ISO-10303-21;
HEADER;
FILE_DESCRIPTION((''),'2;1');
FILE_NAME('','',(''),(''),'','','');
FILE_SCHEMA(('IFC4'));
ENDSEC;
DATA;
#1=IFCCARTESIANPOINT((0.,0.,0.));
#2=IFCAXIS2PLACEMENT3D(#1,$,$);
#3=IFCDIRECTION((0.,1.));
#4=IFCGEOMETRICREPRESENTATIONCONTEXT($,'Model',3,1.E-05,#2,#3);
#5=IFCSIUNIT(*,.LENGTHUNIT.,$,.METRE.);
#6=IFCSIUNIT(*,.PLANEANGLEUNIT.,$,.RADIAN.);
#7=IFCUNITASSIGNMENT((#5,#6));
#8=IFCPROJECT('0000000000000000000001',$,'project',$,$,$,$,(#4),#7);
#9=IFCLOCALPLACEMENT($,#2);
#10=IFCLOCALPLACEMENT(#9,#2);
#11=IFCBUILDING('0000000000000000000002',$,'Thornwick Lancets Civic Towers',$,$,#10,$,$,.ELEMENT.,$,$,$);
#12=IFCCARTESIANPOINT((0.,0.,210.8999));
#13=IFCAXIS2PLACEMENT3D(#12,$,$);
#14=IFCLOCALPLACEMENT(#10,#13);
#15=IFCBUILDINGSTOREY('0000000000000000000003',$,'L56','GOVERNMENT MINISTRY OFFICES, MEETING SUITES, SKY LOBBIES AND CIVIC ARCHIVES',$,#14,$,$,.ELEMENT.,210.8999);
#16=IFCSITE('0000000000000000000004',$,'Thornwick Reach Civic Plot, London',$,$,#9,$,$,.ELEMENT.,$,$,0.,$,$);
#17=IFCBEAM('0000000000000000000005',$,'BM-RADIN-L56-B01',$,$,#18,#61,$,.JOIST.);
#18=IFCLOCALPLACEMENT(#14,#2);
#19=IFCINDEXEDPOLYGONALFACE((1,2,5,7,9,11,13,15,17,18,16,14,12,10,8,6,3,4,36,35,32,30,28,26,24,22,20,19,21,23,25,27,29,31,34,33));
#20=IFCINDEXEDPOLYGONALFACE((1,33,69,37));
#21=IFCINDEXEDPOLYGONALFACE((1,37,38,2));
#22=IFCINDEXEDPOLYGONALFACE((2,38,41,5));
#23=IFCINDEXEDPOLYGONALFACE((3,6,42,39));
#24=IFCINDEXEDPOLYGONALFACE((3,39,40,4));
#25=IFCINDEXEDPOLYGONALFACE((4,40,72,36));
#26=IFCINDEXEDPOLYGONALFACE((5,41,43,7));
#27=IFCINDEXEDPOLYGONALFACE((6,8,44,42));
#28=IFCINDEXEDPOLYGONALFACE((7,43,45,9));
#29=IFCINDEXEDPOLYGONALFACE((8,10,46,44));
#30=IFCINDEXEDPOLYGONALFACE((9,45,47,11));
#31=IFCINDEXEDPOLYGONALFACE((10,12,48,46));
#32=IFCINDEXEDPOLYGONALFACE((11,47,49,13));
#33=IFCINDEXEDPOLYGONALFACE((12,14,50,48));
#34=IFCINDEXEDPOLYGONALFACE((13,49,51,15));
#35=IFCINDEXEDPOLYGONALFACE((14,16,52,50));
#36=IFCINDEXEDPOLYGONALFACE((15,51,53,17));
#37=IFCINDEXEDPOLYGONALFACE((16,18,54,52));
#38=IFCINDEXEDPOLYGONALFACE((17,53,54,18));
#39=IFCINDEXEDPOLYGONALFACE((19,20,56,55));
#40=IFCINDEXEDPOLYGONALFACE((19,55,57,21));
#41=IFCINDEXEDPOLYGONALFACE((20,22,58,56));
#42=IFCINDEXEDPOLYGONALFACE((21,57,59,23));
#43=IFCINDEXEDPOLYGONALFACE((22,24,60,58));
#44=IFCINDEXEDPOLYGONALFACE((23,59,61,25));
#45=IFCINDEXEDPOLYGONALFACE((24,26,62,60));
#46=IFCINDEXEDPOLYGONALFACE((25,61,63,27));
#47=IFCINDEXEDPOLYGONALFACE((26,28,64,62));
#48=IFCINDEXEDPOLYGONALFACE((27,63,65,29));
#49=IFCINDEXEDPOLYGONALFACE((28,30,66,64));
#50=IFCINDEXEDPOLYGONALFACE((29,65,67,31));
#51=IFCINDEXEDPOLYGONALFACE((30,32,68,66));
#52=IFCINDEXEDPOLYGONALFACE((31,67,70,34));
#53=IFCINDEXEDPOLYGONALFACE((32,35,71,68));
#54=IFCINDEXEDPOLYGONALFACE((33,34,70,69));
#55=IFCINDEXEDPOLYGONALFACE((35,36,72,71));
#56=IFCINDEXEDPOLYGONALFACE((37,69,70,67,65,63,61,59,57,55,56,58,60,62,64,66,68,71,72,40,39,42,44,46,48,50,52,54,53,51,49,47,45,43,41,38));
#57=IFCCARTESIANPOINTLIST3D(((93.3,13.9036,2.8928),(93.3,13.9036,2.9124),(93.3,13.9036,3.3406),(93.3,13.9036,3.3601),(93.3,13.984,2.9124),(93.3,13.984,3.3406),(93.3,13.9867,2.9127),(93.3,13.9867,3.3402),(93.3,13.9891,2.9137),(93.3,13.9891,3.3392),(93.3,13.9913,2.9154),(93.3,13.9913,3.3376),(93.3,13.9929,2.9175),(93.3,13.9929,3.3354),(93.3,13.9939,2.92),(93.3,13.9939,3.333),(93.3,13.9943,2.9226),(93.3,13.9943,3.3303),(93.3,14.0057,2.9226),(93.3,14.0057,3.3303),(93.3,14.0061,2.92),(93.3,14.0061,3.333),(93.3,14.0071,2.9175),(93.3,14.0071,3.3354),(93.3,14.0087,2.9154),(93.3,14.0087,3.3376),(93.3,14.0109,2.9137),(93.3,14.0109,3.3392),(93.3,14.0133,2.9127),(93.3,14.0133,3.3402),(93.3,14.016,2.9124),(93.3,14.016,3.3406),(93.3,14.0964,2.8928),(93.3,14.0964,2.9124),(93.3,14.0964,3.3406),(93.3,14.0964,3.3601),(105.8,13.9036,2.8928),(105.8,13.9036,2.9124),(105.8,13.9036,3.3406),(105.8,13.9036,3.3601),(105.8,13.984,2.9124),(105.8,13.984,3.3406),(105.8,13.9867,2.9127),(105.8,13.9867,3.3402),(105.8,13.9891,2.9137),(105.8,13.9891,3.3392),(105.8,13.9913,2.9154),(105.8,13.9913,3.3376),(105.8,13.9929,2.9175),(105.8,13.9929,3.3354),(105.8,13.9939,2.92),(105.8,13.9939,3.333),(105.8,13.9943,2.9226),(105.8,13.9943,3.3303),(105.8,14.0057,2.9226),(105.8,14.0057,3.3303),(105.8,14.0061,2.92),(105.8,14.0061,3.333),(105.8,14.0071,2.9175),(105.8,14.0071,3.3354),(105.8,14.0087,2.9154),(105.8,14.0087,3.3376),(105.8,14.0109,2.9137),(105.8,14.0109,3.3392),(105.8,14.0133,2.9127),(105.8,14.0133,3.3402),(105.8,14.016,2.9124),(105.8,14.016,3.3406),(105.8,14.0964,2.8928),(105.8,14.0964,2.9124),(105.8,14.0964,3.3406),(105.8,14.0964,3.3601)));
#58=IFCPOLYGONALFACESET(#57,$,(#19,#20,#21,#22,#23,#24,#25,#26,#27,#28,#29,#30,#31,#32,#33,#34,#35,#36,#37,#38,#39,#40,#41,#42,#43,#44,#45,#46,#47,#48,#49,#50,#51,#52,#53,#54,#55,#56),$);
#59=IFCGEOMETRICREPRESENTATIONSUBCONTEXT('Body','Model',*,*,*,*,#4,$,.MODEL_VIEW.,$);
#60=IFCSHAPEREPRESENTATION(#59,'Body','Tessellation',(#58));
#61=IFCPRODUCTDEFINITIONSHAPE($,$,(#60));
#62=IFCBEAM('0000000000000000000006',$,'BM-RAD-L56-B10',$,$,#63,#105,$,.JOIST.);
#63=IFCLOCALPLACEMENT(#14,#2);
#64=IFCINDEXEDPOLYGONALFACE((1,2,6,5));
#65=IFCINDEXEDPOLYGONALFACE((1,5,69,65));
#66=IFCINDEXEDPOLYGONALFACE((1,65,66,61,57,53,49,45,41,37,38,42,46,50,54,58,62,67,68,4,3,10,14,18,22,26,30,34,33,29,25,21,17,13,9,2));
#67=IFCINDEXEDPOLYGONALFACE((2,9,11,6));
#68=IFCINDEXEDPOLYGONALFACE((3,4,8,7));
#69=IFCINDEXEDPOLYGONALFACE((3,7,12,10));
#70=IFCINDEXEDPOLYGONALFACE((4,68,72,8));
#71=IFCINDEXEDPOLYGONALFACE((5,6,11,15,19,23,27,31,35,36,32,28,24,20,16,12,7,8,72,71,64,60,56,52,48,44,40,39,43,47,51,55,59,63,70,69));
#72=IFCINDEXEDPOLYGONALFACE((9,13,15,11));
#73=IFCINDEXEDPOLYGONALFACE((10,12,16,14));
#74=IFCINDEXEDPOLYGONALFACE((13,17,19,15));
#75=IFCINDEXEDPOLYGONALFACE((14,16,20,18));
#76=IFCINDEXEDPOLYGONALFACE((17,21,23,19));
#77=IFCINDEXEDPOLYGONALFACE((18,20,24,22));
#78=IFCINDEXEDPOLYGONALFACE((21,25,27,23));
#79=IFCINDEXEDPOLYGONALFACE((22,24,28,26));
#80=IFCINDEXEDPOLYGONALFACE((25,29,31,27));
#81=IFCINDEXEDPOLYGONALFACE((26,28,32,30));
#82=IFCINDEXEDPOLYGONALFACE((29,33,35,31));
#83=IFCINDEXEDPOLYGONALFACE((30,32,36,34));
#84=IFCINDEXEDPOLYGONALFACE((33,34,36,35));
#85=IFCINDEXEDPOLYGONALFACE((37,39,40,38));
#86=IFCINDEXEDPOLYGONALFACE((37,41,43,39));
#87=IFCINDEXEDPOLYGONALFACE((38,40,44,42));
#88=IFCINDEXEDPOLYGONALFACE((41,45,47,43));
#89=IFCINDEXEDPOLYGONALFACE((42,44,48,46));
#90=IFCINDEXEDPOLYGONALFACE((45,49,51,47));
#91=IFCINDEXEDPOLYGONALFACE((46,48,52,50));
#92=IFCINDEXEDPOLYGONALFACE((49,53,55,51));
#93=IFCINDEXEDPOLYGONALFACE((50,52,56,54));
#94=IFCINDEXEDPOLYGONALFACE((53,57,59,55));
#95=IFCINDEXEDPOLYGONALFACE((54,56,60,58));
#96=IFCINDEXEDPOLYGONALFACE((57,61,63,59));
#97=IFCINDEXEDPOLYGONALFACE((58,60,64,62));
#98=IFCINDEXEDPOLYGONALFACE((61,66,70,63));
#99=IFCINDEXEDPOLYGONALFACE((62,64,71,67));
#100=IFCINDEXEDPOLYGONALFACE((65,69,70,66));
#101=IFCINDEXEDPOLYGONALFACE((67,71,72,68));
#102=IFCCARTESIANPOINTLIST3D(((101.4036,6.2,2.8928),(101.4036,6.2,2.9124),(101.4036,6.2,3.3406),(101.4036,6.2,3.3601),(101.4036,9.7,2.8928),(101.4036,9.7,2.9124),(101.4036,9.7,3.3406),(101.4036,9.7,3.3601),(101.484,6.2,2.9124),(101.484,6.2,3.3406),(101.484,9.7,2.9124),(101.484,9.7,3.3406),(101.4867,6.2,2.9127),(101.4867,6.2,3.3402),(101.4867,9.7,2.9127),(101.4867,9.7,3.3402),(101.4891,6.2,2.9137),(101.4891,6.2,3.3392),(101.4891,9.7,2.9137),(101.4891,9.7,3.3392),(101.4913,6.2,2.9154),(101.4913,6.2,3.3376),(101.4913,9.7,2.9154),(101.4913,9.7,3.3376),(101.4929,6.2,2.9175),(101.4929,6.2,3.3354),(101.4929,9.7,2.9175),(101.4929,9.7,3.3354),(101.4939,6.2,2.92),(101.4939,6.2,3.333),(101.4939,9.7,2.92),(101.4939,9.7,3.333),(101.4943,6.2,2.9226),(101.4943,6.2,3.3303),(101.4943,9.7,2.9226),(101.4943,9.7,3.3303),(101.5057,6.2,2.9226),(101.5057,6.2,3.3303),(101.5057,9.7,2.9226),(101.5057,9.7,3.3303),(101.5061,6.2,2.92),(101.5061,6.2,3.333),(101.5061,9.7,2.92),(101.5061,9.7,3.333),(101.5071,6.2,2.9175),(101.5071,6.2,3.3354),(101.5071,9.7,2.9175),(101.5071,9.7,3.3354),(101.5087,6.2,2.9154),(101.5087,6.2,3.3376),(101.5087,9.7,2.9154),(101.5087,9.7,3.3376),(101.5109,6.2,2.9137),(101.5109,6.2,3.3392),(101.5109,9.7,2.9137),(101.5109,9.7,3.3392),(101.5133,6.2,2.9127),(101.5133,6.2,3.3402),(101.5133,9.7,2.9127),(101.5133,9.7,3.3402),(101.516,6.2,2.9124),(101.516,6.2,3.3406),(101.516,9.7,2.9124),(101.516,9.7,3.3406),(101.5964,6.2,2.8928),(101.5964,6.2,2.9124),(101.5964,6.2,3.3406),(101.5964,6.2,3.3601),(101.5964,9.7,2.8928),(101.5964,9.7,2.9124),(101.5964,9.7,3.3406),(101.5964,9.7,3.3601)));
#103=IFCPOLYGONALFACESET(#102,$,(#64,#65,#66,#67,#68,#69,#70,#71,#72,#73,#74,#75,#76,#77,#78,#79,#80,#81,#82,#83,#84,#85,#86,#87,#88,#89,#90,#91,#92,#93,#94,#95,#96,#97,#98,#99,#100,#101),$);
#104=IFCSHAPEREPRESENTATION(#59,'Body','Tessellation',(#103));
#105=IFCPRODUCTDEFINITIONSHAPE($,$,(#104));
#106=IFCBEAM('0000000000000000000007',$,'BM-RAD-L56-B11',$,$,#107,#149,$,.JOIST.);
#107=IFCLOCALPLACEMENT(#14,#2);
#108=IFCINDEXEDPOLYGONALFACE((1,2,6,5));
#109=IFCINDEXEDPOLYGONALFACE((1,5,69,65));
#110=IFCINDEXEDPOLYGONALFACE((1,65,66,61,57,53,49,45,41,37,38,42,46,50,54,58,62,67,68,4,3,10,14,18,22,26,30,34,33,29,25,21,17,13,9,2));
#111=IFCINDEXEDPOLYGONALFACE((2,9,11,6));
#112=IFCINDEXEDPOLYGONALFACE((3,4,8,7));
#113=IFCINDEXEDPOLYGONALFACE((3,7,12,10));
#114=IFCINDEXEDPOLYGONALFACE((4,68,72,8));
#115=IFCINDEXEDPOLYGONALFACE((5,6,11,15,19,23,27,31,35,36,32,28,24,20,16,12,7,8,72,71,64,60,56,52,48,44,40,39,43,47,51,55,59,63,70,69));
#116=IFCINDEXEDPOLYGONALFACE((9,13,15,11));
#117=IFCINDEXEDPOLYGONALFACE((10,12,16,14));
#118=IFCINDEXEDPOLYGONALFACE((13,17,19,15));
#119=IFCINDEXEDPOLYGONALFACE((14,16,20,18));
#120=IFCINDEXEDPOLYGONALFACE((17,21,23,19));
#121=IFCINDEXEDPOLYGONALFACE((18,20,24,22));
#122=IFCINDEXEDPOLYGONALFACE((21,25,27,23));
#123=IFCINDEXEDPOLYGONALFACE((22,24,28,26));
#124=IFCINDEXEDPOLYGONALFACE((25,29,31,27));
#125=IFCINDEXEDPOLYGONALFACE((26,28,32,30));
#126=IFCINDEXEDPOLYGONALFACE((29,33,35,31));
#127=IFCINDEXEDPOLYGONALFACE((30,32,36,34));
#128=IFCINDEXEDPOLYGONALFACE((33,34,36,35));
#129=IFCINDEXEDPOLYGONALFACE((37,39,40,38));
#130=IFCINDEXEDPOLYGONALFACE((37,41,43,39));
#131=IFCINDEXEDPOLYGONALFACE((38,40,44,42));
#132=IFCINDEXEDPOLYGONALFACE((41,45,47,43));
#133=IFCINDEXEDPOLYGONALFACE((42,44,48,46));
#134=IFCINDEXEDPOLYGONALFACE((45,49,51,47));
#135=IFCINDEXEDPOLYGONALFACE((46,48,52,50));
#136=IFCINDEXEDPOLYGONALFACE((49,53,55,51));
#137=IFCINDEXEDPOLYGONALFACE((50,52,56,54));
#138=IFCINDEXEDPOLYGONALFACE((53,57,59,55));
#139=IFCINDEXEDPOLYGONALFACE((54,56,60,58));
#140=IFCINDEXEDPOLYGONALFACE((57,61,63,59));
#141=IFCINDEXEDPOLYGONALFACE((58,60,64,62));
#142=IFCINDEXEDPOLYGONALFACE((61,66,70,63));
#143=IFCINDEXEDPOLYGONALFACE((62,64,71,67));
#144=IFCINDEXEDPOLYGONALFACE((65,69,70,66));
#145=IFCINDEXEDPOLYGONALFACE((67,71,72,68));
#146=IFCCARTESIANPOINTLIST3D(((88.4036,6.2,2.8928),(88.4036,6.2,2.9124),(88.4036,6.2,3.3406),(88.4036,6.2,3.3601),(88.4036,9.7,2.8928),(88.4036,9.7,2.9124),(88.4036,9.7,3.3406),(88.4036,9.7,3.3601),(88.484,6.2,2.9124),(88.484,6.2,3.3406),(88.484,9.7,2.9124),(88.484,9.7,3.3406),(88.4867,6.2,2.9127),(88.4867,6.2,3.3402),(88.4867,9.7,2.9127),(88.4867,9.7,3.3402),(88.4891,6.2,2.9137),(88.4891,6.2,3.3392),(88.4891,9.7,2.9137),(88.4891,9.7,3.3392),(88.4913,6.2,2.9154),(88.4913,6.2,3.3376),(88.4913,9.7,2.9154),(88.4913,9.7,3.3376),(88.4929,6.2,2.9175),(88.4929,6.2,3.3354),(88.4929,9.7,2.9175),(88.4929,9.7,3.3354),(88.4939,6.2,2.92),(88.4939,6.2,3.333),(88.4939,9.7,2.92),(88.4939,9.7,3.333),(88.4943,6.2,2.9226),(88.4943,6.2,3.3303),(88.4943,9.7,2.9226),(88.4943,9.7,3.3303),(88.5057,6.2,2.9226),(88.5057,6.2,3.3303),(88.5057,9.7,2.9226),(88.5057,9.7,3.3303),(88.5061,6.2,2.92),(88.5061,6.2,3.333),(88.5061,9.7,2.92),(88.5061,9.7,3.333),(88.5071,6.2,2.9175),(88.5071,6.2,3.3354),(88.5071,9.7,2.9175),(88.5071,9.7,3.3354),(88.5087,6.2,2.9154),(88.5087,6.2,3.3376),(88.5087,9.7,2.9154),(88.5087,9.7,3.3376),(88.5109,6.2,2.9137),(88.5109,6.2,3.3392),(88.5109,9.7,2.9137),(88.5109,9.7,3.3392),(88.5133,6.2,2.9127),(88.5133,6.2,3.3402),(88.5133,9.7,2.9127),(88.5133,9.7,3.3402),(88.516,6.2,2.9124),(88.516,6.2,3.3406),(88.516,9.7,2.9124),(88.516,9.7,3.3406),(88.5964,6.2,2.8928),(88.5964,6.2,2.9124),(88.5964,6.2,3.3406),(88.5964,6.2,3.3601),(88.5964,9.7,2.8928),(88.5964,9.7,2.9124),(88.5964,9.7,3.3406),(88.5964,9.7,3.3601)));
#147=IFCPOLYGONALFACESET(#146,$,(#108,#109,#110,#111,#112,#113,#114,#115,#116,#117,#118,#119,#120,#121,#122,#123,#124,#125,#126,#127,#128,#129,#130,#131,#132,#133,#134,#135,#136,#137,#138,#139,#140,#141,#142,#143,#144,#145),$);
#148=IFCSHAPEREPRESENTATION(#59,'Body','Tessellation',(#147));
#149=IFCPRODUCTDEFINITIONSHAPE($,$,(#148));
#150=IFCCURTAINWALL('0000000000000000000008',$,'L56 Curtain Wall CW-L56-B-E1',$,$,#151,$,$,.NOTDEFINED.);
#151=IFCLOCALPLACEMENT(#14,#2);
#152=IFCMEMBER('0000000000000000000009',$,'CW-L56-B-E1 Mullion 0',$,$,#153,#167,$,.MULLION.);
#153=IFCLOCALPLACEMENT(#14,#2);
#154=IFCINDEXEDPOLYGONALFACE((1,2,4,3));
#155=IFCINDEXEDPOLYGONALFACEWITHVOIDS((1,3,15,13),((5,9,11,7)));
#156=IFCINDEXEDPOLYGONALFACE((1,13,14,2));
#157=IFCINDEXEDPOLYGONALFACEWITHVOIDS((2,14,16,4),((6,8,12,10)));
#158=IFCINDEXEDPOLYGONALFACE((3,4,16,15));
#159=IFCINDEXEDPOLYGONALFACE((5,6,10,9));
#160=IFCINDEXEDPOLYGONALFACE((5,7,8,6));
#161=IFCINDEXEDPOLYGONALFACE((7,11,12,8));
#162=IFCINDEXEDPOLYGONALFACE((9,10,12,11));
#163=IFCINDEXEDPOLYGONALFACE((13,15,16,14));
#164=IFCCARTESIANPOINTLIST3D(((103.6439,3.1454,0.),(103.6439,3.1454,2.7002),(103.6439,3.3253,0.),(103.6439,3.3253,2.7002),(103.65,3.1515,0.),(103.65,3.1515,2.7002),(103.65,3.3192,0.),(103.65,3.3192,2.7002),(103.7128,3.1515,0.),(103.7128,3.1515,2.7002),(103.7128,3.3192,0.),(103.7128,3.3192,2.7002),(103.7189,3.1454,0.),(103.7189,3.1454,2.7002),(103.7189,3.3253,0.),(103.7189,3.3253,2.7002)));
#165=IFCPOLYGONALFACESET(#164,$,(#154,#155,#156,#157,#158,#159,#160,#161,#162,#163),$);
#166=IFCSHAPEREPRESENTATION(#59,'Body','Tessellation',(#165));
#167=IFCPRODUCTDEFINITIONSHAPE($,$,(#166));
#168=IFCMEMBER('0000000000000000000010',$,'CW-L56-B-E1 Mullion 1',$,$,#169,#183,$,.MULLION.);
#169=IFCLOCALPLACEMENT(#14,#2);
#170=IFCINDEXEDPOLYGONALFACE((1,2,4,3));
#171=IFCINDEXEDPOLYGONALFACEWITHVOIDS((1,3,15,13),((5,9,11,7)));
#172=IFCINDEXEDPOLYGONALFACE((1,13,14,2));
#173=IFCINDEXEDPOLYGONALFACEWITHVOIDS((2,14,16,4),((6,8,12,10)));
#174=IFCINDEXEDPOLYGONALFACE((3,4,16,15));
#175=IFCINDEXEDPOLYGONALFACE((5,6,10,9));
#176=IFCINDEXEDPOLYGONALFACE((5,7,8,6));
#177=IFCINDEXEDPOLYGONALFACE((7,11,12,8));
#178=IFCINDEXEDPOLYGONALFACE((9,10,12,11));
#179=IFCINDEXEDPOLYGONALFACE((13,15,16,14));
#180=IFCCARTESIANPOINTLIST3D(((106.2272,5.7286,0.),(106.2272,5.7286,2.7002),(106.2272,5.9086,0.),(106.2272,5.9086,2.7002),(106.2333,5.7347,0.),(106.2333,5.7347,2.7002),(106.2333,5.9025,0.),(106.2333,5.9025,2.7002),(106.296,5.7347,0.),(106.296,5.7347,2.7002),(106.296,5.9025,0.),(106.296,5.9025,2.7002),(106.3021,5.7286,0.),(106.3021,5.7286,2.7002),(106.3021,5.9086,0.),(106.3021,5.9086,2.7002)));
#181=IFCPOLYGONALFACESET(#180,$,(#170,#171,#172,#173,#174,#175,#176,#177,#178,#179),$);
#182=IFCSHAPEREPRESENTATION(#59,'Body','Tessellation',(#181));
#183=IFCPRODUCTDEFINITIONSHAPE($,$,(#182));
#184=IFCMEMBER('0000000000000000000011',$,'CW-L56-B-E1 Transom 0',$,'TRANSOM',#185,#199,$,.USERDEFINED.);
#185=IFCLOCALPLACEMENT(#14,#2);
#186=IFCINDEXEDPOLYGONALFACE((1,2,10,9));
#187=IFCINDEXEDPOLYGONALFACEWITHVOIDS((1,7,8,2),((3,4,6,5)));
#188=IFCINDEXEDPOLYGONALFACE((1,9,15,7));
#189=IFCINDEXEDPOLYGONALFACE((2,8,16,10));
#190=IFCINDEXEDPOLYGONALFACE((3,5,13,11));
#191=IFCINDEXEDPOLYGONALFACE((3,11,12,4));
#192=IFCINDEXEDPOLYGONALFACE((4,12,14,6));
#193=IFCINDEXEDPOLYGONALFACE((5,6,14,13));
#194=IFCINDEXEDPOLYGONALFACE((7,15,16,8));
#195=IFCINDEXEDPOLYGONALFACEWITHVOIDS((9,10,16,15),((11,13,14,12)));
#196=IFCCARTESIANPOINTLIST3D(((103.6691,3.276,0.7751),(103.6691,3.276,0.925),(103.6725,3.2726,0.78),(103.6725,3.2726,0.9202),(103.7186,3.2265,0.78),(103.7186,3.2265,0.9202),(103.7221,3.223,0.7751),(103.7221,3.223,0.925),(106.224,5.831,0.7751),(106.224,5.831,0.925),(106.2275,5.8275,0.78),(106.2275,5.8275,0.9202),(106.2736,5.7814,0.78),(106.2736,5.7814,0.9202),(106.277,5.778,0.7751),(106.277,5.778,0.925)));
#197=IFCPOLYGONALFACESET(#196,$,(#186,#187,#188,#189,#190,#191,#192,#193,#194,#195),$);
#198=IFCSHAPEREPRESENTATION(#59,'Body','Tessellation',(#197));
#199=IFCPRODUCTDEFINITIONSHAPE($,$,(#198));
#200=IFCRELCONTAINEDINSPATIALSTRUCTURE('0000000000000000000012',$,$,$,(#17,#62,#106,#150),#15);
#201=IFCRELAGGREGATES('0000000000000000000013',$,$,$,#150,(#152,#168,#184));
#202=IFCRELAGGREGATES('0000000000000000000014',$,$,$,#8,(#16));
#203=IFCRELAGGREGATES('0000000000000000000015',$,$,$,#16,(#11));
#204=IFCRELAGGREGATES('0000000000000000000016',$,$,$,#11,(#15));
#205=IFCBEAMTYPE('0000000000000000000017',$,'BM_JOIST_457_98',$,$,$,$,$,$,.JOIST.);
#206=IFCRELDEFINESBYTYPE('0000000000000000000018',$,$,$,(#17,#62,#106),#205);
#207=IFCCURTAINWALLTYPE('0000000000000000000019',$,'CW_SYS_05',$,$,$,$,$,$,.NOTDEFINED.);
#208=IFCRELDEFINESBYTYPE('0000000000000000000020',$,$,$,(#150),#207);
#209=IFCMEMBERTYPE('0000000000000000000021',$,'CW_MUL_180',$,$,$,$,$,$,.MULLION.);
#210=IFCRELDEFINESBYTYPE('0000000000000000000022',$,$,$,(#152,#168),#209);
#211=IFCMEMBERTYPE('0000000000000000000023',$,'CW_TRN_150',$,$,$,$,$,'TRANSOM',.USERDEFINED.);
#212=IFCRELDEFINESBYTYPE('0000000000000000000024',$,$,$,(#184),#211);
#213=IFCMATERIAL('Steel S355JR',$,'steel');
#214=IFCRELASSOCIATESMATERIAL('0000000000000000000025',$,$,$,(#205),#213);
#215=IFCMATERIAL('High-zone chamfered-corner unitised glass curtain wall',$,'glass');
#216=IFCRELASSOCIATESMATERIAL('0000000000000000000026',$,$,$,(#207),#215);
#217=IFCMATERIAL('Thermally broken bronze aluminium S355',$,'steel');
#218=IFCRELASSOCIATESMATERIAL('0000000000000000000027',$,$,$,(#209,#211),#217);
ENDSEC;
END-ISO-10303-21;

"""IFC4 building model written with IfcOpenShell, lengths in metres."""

from ifc_helpers import new_model, si_unit, direction, frame, origin, origin_2d, place, context, subcontext, project, spatial, hollow_rectangle, i_section, extrude, material, material_profile, profile_set, type_object, element, aggregate, save


model = new_model("IFC4")

# Units and contexts
model_context = context("Model", 3, precision=1e-05, world=origin(), true_north=direction((0.0, 1.0)))
body_context = subcontext(model_context, "Body", "Model", "MODEL_VIEW")
ifc_project = project(units=[si_unit("LENGTHUNIT", "METRE"), si_unit("PLANEANGLEUNIT", "RADIAN")], contexts=[model_context])

# Site, building, storey
site_placement = place(None, origin())
site = spatial("IfcSite", under=ifc_project, at=site_placement, Name="Thornwick Reach Civic Plot, London", CompositionType="ELEMENT", RefElevation=0.0)
building_placement = place(site_placement, origin())
building = spatial("IfcBuilding", under=site, at=building_placement, Name="Thornwick Lancets Civic Towers", CompositionType="ELEMENT")
storey_placement = place(building_placement, frame((0.0, 0.0, 210.8999)))
storey = spatial("IfcBuildingStorey", under=building, at=storey_placement, Name="L56", Description="GOVERNMENT MINISTRY OFFICES, MEETING SUITES, SKY LOBBIES AND CIVIC ARCHIVES", CompositionType="ELEMENT", Elevation=210.8999)

# Shared definitions
ifc_material_1 = material(Name="Steel S355JR", Category="steel")

# Beams
ifc_material_profile_1 = material_profile(ifc_material_1, i_section(OverallWidth=0.1929, OverallDepth=0.4673, WebThickness=0.0115, FlangeThickness=0.0195, FilletRadius=0.0103, at=origin_2d()), Name="UKB 457x191x98")
ifc_profile_set_1 = profile_set([ifc_material_profile_1], Name="Steel S355JR")
beam_type_1 = type_object("IfcBeamType", Name="BM_JOIST_457_98", PredefinedType="JOIST", material=ifc_profile_set_1)
beam_1_placement = place(storey_placement, frame((93.3, 14.0, 3.1265), z_axis=(1.0, 0.0, 0.0), x_axis=(0.0, 1.0, 0.0)))
element("IfcBeam", 1, at=beam_1_placement, inside=storey, type_object=beam_type_1, Name="BM-RADIN-L56-B01", PredefinedType="JOIST", context=body_context, shape_type="SweptSolid", body=[
    extrude(i_section(OverallWidth=0.1929, OverallDepth=0.4673, WebThickness=0.0115, FlangeThickness=0.0195, FilletRadius=0.0103, at=origin_2d()), origin(), (0.0, 0.0, 1.0), 12.5),
])
for number, where, z_axis, x_axis, name in (
    (2, (101.5, 9.7, 3.1265), (0.0, -1.0, 0.0), (1.0, 0.0, 0.0), "BM-RAD-L56-B10"),
    (3, (88.5, 9.7, 3.1265), (0.0, -1.0, 0.0), (1.0, 0.0, 0.0), "BM-RAD-L56-B11"),
):
    element("IfcBeam", number, at=place(storey_placement, frame(where, z_axis=z_axis, x_axis=x_axis)), inside=storey, type_object=beam_type_1, Name=name, PredefinedType="JOIST", context=body_context, shape_type="SweptSolid", body=[
        extrude(i_section(OverallWidth=0.1929, OverallDepth=0.4673, WebThickness=0.0115, FlangeThickness=0.0195, FilletRadius=0.0103, at=origin_2d()), origin(), (0.0, 0.0, 1.0), 3.5),
    ])

# Curtain wall, members
ifc_material_2 = material(Name="High-zone chamfered-corner unitised glass curtain wall", Category="glass")
curtain_wall_type = type_object("IfcCurtainWallType", Name="CW_SYS_05", PredefinedType="NOTDEFINED", material=ifc_material_2)
curtain_wall_placement = place(storey_placement, origin())
curtain_wall = element("IfcCurtainWall", 4, at=curtain_wall_placement, inside=storey, type_object=curtain_wall_type, Name="L56 Curtain Wall CW-L56-B-E1", PredefinedType="NOTDEFINED")
ifc_material_3 = material(Name="Thermally broken bronze aluminium S355", Category="steel")
ifc_material_profile_2 = material_profile(ifc_material_3, hollow_rectangle(XDim=0.075, YDim=0.1799, WallThickness=0.0061, at=origin_2d()), Name="RHS 180x75x6")
ifc_profile_set_2 = profile_set([ifc_material_profile_2], Name="Thermally broken bronze aluminium S355")
member_type_1 = type_object("IfcMemberType", Name="CW_MUL_180", PredefinedType="MULLION", material=ifc_profile_set_2)
member_1_placement = place(storey_placement, frame((103.6814, 3.2354, 0.0), z_axis=(0.0, 0.0, 1.0), x_axis=(1.0, 0.0, 0.0)))
member_1 = element("IfcMember", 5, at=member_1_placement, type_object=member_type_1, Name="CW-L56-B-E1 Mullion 0", PredefinedType="MULLION", context=body_context, shape_type="SweptSolid", body=[
    extrude(hollow_rectangle(XDim=0.075, YDim=0.1799, WallThickness=0.0061, at=origin_2d()), origin(), (0.0, 0.0, 1.0), 2.7002),
])
member_2_placement = place(storey_placement, frame((106.2646, 5.8186, 0.0), z_axis=(0.0, 0.0, 1.0), x_axis=(1.0, 0.0, 0.0)))
member_2 = element("IfcMember", 6, at=member_2_placement, type_object=member_type_1, Name="CW-L56-B-E1 Mullion 1", PredefinedType="MULLION", context=body_context, shape_type="SweptSolid", body=[
    extrude(hollow_rectangle(XDim=0.075, YDim=0.1799, WallThickness=0.0061, at=origin_2d()), origin(), (0.0, 0.0, 1.0), 2.7002),
])
ifc_material_profile_3 = material_profile(ifc_material_3, hollow_rectangle(XDim=0.075, YDim=0.1499, WallThickness=0.0049, at=origin_2d()), Name="RHS 150x75x5")
ifc_profile_set_3 = profile_set([ifc_material_profile_3], Name="Thermally broken bronze aluminium S355")
member_type_2 = type_object("IfcMemberType", Name="CW_TRN_150", ElementType="TRANSOM", PredefinedType="USERDEFINED", material=ifc_profile_set_3)
member_3_placement = place(storey_placement, frame((103.6956, 3.2495, 0.8501), z_axis=(0.707107, 0.707107, 0.0), x_axis=(-0.707107, 0.707107, 0.0)))
member_3 = element("IfcMember", 7, at=member_3_placement, type_object=member_type_2, Name="CW-L56-B-E1 Transom 0", ObjectType="TRANSOM", PredefinedType="USERDEFINED", context=body_context, shape_type="SweptSolid", body=[
    extrude(hollow_rectangle(XDim=0.075, YDim=0.1499, WallThickness=0.0049, at=origin_2d()), origin(), (0.0, 0.0, 1.0), 3.6133),
])
aggregate(curtain_wall, [member_1, member_2, member_3])

save(model, "model.ifc")
